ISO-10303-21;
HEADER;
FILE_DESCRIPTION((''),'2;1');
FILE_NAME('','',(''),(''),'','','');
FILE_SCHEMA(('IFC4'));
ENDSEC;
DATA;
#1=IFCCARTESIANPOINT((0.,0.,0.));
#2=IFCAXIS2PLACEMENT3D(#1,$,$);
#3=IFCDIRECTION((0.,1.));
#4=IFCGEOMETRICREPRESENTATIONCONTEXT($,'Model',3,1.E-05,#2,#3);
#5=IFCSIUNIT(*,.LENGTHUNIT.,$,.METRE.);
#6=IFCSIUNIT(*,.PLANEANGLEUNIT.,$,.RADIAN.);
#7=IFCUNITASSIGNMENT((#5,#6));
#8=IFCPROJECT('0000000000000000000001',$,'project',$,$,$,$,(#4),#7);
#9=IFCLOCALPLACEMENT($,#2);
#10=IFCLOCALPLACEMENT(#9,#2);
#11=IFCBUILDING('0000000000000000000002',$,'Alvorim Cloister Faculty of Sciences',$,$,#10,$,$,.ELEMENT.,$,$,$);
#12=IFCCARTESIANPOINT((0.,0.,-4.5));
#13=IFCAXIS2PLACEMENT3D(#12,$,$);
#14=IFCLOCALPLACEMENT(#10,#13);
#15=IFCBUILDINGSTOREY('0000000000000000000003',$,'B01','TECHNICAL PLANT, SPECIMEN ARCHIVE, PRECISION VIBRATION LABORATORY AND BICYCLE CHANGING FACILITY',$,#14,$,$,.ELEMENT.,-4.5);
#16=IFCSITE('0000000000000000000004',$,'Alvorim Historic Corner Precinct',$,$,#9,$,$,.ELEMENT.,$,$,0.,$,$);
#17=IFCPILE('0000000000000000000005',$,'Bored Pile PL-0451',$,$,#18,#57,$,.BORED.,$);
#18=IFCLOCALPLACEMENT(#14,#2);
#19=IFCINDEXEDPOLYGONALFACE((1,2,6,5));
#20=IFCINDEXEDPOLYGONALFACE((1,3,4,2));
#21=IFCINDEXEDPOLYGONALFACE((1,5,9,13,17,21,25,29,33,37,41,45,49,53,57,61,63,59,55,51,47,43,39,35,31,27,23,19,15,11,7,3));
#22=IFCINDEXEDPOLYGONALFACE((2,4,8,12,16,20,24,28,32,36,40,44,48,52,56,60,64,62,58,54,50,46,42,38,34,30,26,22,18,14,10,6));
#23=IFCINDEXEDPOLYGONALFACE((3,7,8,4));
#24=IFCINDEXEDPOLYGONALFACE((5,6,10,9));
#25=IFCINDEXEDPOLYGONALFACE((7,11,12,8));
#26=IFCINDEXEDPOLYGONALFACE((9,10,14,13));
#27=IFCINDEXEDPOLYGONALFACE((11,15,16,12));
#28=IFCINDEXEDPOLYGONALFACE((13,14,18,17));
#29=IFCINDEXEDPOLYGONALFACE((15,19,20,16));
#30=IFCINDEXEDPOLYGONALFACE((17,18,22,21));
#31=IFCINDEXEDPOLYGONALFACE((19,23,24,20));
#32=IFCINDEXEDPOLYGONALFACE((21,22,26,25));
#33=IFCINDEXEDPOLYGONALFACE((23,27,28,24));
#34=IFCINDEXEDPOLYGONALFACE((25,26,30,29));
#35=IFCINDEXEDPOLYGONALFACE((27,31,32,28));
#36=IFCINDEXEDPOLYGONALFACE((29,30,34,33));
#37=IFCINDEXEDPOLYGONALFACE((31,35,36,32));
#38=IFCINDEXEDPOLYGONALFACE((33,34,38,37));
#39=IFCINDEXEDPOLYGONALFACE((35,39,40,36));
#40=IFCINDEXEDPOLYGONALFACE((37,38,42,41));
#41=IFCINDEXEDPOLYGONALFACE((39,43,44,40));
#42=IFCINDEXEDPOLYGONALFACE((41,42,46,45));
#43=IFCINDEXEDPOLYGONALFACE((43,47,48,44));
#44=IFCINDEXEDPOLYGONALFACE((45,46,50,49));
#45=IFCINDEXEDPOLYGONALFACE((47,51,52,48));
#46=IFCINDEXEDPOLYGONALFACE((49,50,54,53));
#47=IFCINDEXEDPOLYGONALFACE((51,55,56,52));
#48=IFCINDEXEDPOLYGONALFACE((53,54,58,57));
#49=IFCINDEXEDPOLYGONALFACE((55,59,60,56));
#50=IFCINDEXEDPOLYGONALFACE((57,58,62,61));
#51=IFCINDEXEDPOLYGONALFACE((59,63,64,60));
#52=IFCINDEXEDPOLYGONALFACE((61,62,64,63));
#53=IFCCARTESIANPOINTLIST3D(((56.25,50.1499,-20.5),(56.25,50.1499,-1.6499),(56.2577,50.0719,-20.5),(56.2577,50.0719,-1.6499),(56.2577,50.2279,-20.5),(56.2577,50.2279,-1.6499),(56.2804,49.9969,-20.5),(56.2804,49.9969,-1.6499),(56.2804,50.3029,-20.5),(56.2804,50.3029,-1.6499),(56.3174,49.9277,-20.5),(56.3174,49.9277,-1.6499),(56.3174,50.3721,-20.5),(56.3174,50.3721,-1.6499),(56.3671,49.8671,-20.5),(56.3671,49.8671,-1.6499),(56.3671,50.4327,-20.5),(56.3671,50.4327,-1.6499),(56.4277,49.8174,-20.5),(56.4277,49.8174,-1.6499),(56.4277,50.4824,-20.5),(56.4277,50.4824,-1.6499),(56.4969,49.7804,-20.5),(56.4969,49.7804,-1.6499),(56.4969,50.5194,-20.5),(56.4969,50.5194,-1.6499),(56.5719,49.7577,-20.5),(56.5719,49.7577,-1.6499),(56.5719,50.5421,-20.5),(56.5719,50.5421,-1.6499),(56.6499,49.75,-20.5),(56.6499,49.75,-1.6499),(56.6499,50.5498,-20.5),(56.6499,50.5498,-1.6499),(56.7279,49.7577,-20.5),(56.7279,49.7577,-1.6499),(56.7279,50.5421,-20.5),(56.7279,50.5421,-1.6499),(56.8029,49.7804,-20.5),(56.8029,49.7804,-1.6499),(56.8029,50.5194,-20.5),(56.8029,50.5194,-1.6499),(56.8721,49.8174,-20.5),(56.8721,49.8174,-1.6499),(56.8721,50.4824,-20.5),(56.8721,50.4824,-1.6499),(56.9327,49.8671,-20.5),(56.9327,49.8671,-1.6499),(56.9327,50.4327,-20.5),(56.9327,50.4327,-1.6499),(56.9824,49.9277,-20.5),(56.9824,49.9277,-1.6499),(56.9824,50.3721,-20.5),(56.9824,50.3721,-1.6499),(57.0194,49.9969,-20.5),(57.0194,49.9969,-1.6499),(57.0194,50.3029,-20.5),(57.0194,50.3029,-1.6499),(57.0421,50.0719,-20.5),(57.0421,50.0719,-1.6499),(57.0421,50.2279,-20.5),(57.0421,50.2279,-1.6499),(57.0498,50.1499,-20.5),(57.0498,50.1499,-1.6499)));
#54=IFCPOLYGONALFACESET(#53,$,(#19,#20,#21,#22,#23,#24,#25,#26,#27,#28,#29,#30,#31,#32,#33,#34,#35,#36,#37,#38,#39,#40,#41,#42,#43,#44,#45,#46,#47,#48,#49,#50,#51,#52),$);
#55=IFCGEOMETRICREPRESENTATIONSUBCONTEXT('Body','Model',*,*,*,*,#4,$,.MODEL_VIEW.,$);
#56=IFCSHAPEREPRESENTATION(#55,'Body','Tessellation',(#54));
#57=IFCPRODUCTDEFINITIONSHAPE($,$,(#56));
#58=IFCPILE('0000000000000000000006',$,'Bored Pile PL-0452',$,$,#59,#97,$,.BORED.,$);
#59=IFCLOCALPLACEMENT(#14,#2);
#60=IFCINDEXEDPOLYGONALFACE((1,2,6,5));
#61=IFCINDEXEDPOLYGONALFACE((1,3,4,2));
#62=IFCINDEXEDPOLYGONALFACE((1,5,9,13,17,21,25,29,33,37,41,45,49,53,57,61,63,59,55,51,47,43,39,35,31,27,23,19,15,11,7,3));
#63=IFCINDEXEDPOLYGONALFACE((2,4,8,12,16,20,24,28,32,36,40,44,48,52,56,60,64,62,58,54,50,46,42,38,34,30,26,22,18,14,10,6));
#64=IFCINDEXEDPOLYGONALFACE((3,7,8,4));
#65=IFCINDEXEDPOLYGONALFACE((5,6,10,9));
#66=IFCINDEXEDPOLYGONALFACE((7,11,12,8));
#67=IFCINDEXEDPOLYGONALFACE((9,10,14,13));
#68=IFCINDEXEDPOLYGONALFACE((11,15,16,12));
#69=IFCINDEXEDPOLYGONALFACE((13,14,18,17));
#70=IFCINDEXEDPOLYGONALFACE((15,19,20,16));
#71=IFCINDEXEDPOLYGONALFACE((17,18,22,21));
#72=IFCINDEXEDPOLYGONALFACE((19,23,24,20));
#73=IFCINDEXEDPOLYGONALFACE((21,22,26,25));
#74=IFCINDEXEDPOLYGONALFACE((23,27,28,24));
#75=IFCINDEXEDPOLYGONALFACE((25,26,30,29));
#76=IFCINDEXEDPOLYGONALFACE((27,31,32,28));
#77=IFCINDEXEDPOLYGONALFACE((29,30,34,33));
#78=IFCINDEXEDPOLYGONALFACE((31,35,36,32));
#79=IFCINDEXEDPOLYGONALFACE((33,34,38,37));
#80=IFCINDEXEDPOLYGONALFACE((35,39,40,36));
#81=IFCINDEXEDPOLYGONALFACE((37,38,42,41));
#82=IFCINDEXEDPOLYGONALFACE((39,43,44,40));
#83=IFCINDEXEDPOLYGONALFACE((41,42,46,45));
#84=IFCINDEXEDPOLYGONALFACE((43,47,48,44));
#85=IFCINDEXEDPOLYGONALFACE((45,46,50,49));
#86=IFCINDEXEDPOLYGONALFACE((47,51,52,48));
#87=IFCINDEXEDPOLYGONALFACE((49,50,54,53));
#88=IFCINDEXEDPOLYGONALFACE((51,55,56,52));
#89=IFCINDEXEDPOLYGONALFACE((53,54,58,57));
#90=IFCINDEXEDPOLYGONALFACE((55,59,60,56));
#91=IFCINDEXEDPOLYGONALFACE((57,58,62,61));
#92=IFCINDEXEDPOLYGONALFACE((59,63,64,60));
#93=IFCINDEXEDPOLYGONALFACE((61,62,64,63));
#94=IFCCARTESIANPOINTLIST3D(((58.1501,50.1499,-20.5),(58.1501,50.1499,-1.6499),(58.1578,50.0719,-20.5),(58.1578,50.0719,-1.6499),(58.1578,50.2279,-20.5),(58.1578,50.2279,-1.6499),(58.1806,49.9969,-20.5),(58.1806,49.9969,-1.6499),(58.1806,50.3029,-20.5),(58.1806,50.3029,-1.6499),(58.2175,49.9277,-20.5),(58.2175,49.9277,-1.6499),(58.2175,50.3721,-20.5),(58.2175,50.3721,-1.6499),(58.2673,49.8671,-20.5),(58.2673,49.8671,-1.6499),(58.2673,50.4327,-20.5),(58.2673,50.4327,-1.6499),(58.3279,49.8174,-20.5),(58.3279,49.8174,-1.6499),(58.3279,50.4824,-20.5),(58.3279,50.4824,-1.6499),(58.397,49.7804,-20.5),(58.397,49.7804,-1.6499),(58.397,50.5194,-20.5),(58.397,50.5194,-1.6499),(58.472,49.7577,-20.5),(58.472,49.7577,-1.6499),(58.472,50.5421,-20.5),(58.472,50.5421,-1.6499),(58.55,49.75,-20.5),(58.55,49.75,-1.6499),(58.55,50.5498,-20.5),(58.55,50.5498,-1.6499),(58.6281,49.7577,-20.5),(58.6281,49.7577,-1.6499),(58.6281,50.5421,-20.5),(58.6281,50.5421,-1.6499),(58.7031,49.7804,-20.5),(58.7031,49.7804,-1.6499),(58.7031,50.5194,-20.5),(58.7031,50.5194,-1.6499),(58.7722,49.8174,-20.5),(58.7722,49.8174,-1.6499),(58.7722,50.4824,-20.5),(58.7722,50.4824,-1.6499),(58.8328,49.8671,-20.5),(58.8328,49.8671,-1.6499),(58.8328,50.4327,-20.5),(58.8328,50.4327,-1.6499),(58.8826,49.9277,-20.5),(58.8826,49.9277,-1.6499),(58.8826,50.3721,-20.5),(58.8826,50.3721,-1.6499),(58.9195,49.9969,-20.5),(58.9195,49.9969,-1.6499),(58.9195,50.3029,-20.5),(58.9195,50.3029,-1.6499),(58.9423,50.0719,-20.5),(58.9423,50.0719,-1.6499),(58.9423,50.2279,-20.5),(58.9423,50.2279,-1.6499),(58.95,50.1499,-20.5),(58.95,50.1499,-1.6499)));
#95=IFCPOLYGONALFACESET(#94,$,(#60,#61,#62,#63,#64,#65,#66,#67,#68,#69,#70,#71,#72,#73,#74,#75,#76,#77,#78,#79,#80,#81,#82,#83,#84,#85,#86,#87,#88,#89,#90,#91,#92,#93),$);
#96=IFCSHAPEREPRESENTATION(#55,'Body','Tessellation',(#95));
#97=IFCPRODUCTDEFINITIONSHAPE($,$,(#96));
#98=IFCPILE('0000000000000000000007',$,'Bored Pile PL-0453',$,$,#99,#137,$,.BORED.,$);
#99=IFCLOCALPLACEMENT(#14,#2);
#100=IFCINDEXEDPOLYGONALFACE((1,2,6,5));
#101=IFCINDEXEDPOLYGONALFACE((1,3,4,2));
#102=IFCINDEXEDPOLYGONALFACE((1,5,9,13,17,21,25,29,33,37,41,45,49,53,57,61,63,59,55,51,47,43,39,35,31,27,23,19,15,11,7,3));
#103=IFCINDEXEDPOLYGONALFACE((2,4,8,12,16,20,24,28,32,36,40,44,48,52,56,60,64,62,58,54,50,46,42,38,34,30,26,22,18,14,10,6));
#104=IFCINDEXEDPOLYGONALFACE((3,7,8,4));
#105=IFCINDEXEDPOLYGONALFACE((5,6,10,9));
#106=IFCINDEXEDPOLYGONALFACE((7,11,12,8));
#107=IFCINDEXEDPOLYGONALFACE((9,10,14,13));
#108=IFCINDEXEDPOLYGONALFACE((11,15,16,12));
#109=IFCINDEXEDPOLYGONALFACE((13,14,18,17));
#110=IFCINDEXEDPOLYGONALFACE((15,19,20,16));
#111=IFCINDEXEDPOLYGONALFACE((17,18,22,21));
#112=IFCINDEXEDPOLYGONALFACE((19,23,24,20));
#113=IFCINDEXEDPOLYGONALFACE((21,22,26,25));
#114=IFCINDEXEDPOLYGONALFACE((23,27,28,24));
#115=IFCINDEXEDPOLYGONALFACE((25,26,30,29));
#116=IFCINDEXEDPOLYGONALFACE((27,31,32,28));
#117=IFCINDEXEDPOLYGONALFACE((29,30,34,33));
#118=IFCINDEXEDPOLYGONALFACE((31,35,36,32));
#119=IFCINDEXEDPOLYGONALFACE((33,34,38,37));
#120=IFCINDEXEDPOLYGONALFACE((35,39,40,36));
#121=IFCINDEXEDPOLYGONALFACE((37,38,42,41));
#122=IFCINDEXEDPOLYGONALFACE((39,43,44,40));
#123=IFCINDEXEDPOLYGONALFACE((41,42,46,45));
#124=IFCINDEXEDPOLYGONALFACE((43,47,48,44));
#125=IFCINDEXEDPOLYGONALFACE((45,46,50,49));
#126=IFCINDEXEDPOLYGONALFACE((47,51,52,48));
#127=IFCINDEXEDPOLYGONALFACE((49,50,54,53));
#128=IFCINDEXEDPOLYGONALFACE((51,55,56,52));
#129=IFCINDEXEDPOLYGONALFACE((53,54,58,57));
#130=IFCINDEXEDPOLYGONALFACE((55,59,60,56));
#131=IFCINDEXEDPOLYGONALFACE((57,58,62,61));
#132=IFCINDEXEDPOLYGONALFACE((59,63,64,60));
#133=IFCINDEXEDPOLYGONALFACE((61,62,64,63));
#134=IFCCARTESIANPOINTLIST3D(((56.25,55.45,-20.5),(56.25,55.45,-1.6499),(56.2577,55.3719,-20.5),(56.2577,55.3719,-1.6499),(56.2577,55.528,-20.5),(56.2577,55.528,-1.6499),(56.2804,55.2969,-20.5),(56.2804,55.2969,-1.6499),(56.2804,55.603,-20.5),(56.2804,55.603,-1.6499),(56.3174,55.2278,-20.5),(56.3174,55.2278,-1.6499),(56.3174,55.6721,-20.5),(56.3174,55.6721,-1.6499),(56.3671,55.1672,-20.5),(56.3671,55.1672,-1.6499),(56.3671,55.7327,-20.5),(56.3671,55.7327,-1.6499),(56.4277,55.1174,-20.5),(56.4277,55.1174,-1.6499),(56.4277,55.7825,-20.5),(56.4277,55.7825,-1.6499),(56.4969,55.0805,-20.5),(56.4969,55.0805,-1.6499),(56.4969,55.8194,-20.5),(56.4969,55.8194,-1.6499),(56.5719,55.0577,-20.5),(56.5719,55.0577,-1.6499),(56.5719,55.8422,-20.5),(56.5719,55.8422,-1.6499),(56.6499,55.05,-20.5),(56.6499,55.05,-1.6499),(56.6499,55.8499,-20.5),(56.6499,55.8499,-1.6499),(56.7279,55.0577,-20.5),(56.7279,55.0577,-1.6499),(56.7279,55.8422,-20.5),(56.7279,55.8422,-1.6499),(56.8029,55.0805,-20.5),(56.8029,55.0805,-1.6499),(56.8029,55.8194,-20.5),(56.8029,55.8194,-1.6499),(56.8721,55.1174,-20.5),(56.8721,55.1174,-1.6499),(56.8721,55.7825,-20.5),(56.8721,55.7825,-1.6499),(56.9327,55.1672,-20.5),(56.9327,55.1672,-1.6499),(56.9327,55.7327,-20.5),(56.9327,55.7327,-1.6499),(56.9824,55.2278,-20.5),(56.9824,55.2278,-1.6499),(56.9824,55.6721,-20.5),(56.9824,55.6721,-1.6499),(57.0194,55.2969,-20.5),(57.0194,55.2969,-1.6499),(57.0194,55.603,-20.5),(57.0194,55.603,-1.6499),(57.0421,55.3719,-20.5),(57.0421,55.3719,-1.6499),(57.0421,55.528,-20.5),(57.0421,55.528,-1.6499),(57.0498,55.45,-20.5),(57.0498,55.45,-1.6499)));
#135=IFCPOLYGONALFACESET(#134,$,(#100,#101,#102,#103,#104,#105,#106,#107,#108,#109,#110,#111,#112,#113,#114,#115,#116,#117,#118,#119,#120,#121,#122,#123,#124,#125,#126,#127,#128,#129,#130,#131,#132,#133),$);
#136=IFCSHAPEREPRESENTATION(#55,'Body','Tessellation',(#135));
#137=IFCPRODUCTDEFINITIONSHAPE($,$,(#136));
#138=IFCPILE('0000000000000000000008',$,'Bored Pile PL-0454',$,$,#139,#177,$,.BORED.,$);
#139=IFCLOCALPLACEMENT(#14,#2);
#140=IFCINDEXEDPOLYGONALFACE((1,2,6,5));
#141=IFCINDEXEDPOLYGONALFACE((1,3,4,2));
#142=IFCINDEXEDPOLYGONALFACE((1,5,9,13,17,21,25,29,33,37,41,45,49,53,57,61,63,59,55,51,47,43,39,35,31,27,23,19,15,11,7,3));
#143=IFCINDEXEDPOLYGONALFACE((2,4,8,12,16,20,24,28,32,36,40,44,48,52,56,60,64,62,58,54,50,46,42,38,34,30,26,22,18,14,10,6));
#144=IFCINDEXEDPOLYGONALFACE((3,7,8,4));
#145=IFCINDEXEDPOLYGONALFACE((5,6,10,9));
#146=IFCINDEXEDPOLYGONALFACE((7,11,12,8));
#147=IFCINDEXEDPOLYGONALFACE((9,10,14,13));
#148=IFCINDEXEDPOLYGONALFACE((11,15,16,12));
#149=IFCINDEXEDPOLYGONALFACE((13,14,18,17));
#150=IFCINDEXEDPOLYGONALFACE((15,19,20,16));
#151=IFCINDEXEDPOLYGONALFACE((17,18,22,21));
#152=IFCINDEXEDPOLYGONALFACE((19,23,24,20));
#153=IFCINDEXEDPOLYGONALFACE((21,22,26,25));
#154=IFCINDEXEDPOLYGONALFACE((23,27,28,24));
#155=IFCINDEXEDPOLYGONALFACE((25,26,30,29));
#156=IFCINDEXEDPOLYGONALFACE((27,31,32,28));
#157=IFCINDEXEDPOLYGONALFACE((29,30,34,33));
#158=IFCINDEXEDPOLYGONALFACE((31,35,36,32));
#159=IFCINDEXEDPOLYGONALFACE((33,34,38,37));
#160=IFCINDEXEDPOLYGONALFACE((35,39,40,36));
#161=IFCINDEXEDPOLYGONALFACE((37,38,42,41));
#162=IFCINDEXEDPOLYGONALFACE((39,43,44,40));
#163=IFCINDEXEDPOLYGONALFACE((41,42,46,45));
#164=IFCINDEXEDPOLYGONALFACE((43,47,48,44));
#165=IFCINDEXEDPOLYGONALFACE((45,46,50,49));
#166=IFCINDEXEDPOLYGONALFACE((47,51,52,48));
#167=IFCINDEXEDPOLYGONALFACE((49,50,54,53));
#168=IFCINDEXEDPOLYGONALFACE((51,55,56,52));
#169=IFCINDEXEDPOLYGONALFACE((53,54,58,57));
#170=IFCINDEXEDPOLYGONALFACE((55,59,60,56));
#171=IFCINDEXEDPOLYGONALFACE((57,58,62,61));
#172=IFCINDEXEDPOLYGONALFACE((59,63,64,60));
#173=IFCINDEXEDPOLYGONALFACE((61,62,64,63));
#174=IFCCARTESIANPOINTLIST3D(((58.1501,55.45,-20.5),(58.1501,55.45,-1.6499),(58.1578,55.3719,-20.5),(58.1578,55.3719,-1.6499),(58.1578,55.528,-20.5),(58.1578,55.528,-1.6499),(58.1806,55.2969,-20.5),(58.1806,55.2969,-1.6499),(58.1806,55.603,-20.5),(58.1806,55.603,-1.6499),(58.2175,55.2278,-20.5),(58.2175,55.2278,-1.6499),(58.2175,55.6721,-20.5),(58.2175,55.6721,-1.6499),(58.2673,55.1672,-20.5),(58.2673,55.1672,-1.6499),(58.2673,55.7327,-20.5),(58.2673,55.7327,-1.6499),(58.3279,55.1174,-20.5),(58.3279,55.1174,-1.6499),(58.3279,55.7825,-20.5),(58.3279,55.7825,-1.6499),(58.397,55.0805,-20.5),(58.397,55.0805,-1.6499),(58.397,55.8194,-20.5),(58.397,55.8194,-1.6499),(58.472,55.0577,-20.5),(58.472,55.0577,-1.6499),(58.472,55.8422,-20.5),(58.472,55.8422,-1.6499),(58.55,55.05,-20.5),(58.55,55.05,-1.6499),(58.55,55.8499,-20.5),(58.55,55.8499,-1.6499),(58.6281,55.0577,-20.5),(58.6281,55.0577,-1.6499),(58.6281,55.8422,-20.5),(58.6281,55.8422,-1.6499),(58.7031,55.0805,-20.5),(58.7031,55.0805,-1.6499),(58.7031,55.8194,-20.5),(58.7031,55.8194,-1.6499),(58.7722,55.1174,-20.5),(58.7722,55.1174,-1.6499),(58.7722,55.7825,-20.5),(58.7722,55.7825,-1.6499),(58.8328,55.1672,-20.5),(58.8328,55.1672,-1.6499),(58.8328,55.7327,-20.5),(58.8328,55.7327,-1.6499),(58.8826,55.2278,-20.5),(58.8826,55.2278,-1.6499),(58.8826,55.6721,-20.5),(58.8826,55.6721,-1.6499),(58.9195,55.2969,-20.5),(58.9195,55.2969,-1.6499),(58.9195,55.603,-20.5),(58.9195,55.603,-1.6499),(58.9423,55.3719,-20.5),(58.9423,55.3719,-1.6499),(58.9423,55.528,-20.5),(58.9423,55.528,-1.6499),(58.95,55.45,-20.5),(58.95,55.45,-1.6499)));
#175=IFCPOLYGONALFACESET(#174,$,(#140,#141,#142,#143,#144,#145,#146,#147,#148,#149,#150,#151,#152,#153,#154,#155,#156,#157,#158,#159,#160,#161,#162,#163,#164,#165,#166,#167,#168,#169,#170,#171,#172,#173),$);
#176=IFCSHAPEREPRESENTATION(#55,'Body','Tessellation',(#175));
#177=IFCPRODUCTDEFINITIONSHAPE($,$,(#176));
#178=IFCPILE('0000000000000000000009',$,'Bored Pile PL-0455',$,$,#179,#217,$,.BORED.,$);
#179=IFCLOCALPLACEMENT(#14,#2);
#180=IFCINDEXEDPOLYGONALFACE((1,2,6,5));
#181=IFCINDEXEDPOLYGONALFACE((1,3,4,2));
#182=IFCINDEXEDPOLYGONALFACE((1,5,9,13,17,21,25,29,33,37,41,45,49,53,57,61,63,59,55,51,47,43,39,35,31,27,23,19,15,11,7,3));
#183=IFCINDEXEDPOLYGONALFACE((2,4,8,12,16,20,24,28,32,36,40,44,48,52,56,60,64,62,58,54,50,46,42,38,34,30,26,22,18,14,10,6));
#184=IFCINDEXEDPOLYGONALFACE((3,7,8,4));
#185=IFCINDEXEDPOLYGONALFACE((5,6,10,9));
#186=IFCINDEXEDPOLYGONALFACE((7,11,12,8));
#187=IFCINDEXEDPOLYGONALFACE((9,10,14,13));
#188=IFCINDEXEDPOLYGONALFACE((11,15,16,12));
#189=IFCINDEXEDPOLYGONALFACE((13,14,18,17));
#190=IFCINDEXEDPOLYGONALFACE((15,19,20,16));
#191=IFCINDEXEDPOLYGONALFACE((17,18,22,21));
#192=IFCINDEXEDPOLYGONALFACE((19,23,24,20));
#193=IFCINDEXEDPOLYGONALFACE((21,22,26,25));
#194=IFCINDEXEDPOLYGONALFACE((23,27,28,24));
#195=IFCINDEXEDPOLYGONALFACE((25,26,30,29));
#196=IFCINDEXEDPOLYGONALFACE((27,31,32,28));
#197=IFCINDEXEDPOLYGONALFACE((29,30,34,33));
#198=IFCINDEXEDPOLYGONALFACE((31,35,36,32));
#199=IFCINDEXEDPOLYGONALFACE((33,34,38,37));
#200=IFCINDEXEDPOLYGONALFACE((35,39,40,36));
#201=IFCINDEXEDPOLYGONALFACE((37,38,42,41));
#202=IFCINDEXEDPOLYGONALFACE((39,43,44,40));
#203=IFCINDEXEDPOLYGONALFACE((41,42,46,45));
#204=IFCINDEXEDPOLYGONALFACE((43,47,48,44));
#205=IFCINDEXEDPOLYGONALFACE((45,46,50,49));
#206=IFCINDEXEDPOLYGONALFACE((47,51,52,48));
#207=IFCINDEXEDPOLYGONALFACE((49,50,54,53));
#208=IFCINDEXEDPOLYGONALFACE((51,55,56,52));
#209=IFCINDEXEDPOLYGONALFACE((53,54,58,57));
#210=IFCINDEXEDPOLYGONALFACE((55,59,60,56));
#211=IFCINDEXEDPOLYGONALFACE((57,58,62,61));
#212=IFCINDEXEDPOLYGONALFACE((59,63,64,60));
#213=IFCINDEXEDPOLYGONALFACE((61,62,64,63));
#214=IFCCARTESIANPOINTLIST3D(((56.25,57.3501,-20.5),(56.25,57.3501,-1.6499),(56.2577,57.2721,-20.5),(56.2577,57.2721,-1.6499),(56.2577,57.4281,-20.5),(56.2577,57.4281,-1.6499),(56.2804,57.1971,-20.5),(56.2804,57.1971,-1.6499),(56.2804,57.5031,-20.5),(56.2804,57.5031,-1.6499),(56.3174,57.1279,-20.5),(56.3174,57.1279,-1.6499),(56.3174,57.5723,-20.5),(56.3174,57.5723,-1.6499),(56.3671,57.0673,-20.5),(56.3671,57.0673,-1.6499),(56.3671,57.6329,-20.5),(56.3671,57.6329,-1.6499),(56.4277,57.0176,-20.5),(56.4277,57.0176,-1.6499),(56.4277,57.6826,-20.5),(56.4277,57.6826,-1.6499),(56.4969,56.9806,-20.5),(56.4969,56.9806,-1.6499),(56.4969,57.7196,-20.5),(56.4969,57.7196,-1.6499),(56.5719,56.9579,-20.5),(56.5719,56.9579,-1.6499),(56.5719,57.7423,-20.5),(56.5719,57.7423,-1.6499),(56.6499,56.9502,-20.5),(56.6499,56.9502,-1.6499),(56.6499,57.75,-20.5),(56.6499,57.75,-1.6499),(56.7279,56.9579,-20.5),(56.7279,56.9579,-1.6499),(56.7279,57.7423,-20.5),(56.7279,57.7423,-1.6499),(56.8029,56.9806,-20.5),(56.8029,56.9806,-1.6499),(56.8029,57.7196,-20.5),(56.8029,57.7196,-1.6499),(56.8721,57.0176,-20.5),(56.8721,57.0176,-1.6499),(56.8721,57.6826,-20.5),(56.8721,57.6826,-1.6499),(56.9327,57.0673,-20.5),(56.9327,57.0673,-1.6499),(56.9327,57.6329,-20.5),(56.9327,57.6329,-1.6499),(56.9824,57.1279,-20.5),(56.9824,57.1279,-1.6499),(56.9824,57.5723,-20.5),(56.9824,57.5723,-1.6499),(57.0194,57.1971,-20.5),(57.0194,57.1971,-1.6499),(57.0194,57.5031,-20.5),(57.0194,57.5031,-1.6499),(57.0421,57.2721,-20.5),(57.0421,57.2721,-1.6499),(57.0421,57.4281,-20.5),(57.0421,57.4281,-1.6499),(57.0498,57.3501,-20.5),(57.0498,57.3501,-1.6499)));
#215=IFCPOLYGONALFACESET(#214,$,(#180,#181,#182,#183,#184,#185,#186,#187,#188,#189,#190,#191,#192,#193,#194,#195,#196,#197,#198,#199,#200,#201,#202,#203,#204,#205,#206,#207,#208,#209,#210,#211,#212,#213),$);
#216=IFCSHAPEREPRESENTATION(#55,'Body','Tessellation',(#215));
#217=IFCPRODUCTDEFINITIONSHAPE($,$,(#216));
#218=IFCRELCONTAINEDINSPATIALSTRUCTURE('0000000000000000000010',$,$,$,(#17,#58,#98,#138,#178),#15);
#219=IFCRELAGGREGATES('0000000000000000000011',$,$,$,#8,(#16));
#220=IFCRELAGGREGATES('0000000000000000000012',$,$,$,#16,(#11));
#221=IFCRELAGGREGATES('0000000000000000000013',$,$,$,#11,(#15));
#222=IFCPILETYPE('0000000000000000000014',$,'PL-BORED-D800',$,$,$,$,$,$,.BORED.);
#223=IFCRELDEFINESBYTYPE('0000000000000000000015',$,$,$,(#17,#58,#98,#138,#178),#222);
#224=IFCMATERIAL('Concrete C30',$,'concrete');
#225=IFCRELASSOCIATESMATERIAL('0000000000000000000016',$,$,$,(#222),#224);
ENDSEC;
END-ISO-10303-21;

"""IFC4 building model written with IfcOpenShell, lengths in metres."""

from ifc_helpers import new_model, si_unit, direction, frame, origin, origin_2d, place, context, subcontext, project, spatial, circle, extrude, material, material_profile, profile_set, type_object, element, save


model = new_model("IFC4")

# Units and contexts
model_context = context("Model", 3, precision=1e-05, world=origin(), true_north=direction((0.0, 1.0)))
body_context = subcontext(model_context, "Body", "Model", "MODEL_VIEW")
ifc_project = project(units=[si_unit("LENGTHUNIT", "METRE"), si_unit("PLANEANGLEUNIT", "RADIAN")], contexts=[model_context])

# Site, building, storey
site_placement = place(None, origin())
site = spatial("IfcSite", under=ifc_project, at=site_placement, Name="Alvorim Historic Corner Precinct", CompositionType="ELEMENT", RefElevation=0.0)
building_placement = place(site_placement, origin())
building = spatial("IfcBuilding", under=site, at=building_placement, Name="Alvorim Cloister Faculty of Sciences", CompositionType="ELEMENT")
storey_placement = place(building_placement, frame((0.0, 0.0, -4.5)))
storey = spatial("IfcBuildingStorey", under=building, at=storey_placement, Name="B01", Description="TECHNICAL PLANT, SPECIMEN ARCHIVE, PRECISION VIBRATION LABORATORY AND BICYCLE CHANGING FACILITY", CompositionType="ELEMENT", Elevation=-4.5)

# Piles
ifc_material_1 = material(Name="Concrete C30", Category="concrete")
ifc_material_profile_1 = material_profile(ifc_material_1, circle(Radius=0.3999, at=origin_2d()), Name="PILE-D800")
ifc_profile_set_1 = profile_set([ifc_material_profile_1], Name="Concrete C30")
pile_type = type_object("IfcPileType", Name="PL-BORED-D800", PredefinedType="BORED", material=ifc_profile_set_1)
for number, where, z_axis, x_axis, name in (
    (1, (56.6499, 50.1499, -1.6499), (0.0, 0.0, -1.0), (1.0, 0.0, 0.0), "Bored Pile PL-0451"),
    (2, (58.55, 50.1499, -1.6499), (0.0, 0.0, -1.0), (1.0, 0.0, 0.0), "Bored Pile PL-0452"),
    (3, (56.6499, 55.45, -1.6499), (0.0, 0.0, -1.0), (1.0, 0.0, 0.0), "Bored Pile PL-0453"),
    (4, (58.55, 55.45, -1.6499), (0.0, 0.0, -1.0), (1.0, 0.0, 0.0), "Bored Pile PL-0454"),
    (5, (56.6499, 57.3501, -1.6499), (0.0, 0.0, -1.0), (1.0, 0.0, 0.0), "Bored Pile PL-0455"),
):
    element("IfcPile", number, at=place(storey_placement, frame(where, z_axis=z_axis, x_axis=x_axis)), inside=storey, type_object=pile_type, Name=name, PredefinedType="BORED", context=body_context, shape_type="SweptSolid", body=[
        extrude(circle(Radius=0.3999, at=origin_2d()), origin(), (0.0, 0.0, 1.0), 18.8501),
    ])

save(model, "model.ifc")
